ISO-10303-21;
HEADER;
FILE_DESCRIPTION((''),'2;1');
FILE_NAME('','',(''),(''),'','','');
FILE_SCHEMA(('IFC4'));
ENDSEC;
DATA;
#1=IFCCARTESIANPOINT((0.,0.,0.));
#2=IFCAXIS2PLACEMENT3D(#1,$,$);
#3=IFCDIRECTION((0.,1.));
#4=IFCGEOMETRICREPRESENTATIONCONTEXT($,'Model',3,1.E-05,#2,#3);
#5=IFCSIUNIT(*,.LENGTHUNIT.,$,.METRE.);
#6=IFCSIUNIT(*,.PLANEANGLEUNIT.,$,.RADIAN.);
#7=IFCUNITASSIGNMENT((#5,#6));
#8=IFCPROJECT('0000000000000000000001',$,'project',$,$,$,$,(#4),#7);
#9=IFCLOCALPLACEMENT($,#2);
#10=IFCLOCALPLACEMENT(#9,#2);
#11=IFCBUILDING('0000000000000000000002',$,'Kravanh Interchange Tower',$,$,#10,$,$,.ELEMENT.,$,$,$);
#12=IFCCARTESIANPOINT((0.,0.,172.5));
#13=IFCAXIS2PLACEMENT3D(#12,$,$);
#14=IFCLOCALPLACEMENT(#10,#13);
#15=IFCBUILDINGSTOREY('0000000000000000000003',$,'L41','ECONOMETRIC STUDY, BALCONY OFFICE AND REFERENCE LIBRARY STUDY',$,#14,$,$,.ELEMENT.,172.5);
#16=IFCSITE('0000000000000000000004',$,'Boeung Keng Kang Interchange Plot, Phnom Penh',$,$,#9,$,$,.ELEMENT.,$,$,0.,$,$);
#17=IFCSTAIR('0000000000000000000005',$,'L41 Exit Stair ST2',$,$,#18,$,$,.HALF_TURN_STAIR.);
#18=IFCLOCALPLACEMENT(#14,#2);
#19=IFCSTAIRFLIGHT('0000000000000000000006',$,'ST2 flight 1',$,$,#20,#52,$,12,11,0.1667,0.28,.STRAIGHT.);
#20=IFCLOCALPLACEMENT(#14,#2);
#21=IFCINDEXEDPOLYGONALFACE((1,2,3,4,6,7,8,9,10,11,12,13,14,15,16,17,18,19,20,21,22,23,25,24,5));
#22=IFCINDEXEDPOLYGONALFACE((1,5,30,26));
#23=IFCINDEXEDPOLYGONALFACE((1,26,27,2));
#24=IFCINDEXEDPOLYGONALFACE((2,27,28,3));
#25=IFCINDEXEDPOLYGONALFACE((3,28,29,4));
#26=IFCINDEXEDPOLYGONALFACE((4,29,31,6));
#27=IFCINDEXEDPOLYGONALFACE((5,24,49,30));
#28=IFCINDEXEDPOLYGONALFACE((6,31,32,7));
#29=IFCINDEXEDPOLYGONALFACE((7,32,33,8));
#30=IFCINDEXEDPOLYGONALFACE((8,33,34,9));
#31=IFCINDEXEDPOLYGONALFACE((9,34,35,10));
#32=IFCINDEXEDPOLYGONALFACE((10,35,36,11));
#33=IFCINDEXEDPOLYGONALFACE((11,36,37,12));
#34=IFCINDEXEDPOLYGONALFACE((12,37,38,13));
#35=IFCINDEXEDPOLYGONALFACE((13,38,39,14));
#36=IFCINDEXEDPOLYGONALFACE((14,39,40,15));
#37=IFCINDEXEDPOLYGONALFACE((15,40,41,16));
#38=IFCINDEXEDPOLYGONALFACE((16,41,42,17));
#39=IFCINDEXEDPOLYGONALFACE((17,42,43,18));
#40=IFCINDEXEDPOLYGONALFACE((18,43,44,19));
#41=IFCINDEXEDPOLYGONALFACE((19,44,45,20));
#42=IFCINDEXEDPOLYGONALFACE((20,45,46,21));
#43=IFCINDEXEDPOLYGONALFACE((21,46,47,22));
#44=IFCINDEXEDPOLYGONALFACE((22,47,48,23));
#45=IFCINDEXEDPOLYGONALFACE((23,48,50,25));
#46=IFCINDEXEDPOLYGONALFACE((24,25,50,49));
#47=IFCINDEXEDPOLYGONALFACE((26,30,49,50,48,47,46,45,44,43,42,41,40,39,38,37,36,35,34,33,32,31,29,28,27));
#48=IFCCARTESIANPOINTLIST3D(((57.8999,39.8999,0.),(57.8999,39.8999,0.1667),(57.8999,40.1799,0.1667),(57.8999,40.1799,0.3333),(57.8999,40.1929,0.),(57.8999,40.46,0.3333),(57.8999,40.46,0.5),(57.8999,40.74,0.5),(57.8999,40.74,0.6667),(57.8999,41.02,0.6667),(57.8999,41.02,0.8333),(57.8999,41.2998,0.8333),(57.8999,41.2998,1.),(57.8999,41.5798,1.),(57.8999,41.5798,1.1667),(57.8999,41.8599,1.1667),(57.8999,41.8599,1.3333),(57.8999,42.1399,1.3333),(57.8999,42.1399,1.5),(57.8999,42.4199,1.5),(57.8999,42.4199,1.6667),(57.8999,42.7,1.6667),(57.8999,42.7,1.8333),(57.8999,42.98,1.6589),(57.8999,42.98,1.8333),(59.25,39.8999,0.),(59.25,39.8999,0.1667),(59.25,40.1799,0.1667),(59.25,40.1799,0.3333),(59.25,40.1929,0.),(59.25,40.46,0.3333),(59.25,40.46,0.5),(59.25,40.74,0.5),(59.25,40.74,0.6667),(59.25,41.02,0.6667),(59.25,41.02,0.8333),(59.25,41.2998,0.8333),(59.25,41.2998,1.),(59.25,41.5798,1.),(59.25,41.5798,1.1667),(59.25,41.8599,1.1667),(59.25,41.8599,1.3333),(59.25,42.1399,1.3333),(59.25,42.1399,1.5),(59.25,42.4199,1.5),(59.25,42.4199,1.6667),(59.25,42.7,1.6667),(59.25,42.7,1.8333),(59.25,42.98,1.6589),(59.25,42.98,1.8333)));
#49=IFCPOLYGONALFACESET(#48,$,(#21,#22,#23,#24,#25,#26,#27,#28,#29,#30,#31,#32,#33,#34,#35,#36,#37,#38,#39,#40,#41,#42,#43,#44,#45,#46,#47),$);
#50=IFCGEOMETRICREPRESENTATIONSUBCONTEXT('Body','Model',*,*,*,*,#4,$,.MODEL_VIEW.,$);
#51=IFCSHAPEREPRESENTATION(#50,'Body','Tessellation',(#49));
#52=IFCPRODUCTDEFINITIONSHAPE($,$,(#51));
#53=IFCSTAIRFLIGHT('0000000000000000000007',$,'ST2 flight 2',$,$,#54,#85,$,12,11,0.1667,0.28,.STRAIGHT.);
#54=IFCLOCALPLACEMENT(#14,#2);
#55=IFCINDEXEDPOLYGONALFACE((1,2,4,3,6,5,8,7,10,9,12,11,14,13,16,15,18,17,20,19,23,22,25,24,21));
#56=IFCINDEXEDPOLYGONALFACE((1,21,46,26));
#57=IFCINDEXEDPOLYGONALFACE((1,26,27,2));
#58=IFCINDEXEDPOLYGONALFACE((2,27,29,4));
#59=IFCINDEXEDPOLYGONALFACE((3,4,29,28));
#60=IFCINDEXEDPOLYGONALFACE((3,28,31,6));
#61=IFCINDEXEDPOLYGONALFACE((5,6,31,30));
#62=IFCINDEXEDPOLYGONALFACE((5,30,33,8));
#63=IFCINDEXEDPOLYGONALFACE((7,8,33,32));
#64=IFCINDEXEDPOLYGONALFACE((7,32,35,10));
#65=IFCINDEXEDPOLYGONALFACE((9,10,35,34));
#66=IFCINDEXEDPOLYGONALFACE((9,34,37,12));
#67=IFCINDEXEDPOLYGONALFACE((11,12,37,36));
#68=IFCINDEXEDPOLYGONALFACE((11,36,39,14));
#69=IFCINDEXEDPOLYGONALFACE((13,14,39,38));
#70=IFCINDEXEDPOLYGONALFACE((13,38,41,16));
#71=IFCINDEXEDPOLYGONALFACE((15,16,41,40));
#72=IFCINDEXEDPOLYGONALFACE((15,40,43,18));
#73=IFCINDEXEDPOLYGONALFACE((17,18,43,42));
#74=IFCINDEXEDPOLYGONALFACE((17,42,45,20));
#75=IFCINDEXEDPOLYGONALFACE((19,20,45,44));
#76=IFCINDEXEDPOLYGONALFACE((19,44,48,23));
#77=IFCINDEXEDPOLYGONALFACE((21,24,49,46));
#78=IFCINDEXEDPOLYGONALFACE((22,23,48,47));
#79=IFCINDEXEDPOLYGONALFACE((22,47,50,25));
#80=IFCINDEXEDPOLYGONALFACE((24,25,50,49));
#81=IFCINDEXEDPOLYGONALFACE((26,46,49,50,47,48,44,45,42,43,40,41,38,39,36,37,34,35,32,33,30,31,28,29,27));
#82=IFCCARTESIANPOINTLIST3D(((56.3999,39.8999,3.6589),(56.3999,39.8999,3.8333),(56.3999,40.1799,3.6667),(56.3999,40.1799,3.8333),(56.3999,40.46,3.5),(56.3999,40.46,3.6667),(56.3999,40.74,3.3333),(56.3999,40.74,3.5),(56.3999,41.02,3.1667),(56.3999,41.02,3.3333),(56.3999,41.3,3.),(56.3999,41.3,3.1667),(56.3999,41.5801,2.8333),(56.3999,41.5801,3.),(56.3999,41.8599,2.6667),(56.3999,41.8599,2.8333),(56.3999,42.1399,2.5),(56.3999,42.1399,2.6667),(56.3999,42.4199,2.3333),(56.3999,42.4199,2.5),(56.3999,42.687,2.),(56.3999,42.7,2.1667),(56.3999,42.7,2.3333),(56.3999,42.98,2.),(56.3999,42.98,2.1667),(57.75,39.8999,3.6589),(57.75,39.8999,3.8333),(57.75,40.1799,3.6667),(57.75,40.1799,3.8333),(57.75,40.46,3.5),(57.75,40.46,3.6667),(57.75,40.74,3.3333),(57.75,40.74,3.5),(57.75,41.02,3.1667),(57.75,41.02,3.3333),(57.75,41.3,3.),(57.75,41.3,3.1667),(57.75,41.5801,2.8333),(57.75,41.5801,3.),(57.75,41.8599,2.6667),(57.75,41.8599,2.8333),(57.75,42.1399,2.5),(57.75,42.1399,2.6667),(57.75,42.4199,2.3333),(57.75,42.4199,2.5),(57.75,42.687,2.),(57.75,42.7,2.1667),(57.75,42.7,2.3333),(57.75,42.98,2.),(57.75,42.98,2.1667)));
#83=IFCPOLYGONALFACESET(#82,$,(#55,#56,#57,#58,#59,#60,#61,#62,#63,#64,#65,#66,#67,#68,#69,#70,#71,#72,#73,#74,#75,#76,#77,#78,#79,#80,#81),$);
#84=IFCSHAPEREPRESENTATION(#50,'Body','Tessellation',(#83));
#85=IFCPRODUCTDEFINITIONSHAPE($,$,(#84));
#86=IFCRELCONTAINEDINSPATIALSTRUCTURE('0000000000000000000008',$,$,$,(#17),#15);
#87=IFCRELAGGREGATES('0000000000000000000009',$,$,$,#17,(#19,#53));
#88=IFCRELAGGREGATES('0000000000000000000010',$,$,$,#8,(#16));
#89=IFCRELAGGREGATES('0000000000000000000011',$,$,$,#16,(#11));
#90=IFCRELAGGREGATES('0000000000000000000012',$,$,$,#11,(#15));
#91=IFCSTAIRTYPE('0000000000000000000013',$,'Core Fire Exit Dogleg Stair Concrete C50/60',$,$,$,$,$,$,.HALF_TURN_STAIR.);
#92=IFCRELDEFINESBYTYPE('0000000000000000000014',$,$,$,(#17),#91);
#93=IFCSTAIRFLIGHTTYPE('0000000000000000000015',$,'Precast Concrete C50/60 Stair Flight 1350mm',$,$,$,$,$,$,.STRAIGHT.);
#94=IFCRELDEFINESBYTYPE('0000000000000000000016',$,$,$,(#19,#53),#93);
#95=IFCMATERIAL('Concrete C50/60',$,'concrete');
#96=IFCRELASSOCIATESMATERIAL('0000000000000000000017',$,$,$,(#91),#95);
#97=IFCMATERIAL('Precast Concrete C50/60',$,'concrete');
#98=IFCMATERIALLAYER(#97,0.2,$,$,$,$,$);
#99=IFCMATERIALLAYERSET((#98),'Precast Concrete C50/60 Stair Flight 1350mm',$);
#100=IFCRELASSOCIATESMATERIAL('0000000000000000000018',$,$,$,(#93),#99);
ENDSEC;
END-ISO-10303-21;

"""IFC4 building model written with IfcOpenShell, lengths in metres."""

from ifc_helpers import new_model, si_unit, direction, frame, origin, place, context, subcontext, project, spatial, polyline, outline, extrude, material, layer, layer_set, type_object, element, aggregate, save


model = new_model("IFC4")

# Units and contexts
model_context = context("Model", 3, precision=1e-05, world=origin(), true_north=direction((0.0, 1.0)))
body_context = subcontext(model_context, "Body", "Model", "MODEL_VIEW")
ifc_project = project(units=[si_unit("LENGTHUNIT", "METRE"), si_unit("PLANEANGLEUNIT", "RADIAN")], contexts=[model_context])

# Site, building, storey
site_placement = place(None, origin())
site = spatial("IfcSite", under=ifc_project, at=site_placement, Name="Boeung Keng Kang Interchange Plot, Phnom Penh", CompositionType="ELEMENT", RefElevation=0.0)
building_placement = place(site_placement, origin())
building = spatial("IfcBuilding", under=site, at=building_placement, Name="Kravanh Interchange Tower", CompositionType="ELEMENT")
storey_placement = place(building_placement, frame((0.0, 0.0, 172.5)))
storey = spatial("IfcBuildingStorey", under=building, at=storey_placement, Name="L41", Description="ECONOMETRIC STUDY, BALCONY OFFICE AND REFERENCE LIBRARY STUDY", CompositionType="ELEMENT", Elevation=172.5)

# Stair, stair flights
ifc_material_1 = material(Name="Concrete C50/60", Category="concrete")
stair_type = type_object("IfcStairType", Name="Core Fire Exit Dogleg Stair Concrete C50/60", PredefinedType="HALF_TURN_STAIR", material=ifc_material_1)
ifc_material_2 = material(Name="Precast Concrete C50/60", Category="concrete")
ifc_layer_1 = layer(ifc_material_2, 0.2)
ifc_layer_set_1 = layer_set([ifc_layer_1], Name="Precast Concrete C50/60 Stair Flight 1350mm")
stair_flight_type = type_object("IfcStairFlightType", Name="Precast Concrete C50/60 Stair Flight 1350mm", PredefinedType="STRAIGHT", material=ifc_layer_set_1)
stair_1_placement = place(storey_placement, origin())
stair_1 = element("IfcStair", 1, at=stair_1_placement, inside=storey, type_object=stair_type, Name="L41 Exit Stair ST2", PredefinedType="HALF_TURN_STAIR")
stair_flight_1_placement = place(storey_placement, frame((58.575, 39.8999, 0.0), z_axis=(0.0, 0.0, 1.0), x_axis=(0.0, 1.0, 0.0)))
stair_flight_1 = element("IfcStairFlight", 2, at=stair_flight_1_placement, type_object=stair_flight_type, Name="ST2 flight 1", NumberOfRisers=12, NumberOfTreads=11, PredefinedType="STRAIGHT", RiserHeight=0.1667, TreadLength=0.28, context=body_context, shape_type="SweptSolid", body=[
    extrude(outline(polyline([(0.0, 0.0), (0.0, 0.1667), (0.28, 0.1667), (0.28, 0.3333), (0.5601, 0.3333), (0.5601, 0.5), (0.8401, 0.5), (0.8401, 0.6667), (1.1201, 0.6667), (1.1201, 0.8333), (1.3999, 0.8333), (1.3999, 1.0), (1.6799, 1.0), (1.6799, 1.1667), (1.96, 1.1667), (1.96, 1.3333), (2.24, 1.3333), (2.24, 1.5), (2.52, 1.5), (2.52, 1.6667), (2.8, 1.6667), (2.8, 1.8333), (3.0801, 1.8333), (3.0801, 2.0), (3.0801, 1.6589), (0.293, 0.0), (0.0, 0.0)])), frame((0.0, 0.675, 0.0), z_axis=(0.0, -1.0, 0.0), x_axis=(1.0, 0.0, 0.0)), (0.0, 0.0, 1.0), 1.3501),
])
stair_flight_2_placement = place(storey_placement, frame((57.075, 42.98, 2.0), z_axis=(0.0, 0.0, 1.0), x_axis=(0.0, -1.0, 0.0)))
stair_flight_2 = element("IfcStairFlight", 3, at=stair_flight_2_placement, type_object=stair_flight_type, Name="ST2 flight 2", NumberOfRisers=12, NumberOfTreads=11, PredefinedType="STRAIGHT", RiserHeight=0.1667, TreadLength=0.28, context=body_context, shape_type="SweptSolid", body=[
    extrude(outline(polyline([(0.0, 0.0), (0.0, 0.1667), (0.28, 0.1667), (0.28, 0.3333), (0.5601, 0.3333), (0.5601, 0.5), (0.8401, 0.5), (0.8401, 0.6667), (1.1201, 0.6667), (1.1201, 0.8333), (1.3999, 0.8333), (1.3999, 1.0), (1.6799, 1.0), (1.6799, 1.1667), (1.96, 1.1667), (1.96, 1.3333), (2.24, 1.3333), (2.24, 1.5), (2.52, 1.5), (2.52, 1.6667), (2.8, 1.6667), (2.8, 1.8333), (3.0801, 1.8333), (3.0801, 2.0), (3.0801, 1.6589), (0.293, 0.0), (0.0, 0.0)])), frame((0.0, 0.675, 0.0), z_axis=(0.0, -1.0, 0.0), x_axis=(1.0, 0.0, 0.0)), (0.0, 0.0, 1.0), 1.3501),
])
aggregate(stair_1, [stair_flight_1, stair_flight_2])

save(model, "model.ifc")
